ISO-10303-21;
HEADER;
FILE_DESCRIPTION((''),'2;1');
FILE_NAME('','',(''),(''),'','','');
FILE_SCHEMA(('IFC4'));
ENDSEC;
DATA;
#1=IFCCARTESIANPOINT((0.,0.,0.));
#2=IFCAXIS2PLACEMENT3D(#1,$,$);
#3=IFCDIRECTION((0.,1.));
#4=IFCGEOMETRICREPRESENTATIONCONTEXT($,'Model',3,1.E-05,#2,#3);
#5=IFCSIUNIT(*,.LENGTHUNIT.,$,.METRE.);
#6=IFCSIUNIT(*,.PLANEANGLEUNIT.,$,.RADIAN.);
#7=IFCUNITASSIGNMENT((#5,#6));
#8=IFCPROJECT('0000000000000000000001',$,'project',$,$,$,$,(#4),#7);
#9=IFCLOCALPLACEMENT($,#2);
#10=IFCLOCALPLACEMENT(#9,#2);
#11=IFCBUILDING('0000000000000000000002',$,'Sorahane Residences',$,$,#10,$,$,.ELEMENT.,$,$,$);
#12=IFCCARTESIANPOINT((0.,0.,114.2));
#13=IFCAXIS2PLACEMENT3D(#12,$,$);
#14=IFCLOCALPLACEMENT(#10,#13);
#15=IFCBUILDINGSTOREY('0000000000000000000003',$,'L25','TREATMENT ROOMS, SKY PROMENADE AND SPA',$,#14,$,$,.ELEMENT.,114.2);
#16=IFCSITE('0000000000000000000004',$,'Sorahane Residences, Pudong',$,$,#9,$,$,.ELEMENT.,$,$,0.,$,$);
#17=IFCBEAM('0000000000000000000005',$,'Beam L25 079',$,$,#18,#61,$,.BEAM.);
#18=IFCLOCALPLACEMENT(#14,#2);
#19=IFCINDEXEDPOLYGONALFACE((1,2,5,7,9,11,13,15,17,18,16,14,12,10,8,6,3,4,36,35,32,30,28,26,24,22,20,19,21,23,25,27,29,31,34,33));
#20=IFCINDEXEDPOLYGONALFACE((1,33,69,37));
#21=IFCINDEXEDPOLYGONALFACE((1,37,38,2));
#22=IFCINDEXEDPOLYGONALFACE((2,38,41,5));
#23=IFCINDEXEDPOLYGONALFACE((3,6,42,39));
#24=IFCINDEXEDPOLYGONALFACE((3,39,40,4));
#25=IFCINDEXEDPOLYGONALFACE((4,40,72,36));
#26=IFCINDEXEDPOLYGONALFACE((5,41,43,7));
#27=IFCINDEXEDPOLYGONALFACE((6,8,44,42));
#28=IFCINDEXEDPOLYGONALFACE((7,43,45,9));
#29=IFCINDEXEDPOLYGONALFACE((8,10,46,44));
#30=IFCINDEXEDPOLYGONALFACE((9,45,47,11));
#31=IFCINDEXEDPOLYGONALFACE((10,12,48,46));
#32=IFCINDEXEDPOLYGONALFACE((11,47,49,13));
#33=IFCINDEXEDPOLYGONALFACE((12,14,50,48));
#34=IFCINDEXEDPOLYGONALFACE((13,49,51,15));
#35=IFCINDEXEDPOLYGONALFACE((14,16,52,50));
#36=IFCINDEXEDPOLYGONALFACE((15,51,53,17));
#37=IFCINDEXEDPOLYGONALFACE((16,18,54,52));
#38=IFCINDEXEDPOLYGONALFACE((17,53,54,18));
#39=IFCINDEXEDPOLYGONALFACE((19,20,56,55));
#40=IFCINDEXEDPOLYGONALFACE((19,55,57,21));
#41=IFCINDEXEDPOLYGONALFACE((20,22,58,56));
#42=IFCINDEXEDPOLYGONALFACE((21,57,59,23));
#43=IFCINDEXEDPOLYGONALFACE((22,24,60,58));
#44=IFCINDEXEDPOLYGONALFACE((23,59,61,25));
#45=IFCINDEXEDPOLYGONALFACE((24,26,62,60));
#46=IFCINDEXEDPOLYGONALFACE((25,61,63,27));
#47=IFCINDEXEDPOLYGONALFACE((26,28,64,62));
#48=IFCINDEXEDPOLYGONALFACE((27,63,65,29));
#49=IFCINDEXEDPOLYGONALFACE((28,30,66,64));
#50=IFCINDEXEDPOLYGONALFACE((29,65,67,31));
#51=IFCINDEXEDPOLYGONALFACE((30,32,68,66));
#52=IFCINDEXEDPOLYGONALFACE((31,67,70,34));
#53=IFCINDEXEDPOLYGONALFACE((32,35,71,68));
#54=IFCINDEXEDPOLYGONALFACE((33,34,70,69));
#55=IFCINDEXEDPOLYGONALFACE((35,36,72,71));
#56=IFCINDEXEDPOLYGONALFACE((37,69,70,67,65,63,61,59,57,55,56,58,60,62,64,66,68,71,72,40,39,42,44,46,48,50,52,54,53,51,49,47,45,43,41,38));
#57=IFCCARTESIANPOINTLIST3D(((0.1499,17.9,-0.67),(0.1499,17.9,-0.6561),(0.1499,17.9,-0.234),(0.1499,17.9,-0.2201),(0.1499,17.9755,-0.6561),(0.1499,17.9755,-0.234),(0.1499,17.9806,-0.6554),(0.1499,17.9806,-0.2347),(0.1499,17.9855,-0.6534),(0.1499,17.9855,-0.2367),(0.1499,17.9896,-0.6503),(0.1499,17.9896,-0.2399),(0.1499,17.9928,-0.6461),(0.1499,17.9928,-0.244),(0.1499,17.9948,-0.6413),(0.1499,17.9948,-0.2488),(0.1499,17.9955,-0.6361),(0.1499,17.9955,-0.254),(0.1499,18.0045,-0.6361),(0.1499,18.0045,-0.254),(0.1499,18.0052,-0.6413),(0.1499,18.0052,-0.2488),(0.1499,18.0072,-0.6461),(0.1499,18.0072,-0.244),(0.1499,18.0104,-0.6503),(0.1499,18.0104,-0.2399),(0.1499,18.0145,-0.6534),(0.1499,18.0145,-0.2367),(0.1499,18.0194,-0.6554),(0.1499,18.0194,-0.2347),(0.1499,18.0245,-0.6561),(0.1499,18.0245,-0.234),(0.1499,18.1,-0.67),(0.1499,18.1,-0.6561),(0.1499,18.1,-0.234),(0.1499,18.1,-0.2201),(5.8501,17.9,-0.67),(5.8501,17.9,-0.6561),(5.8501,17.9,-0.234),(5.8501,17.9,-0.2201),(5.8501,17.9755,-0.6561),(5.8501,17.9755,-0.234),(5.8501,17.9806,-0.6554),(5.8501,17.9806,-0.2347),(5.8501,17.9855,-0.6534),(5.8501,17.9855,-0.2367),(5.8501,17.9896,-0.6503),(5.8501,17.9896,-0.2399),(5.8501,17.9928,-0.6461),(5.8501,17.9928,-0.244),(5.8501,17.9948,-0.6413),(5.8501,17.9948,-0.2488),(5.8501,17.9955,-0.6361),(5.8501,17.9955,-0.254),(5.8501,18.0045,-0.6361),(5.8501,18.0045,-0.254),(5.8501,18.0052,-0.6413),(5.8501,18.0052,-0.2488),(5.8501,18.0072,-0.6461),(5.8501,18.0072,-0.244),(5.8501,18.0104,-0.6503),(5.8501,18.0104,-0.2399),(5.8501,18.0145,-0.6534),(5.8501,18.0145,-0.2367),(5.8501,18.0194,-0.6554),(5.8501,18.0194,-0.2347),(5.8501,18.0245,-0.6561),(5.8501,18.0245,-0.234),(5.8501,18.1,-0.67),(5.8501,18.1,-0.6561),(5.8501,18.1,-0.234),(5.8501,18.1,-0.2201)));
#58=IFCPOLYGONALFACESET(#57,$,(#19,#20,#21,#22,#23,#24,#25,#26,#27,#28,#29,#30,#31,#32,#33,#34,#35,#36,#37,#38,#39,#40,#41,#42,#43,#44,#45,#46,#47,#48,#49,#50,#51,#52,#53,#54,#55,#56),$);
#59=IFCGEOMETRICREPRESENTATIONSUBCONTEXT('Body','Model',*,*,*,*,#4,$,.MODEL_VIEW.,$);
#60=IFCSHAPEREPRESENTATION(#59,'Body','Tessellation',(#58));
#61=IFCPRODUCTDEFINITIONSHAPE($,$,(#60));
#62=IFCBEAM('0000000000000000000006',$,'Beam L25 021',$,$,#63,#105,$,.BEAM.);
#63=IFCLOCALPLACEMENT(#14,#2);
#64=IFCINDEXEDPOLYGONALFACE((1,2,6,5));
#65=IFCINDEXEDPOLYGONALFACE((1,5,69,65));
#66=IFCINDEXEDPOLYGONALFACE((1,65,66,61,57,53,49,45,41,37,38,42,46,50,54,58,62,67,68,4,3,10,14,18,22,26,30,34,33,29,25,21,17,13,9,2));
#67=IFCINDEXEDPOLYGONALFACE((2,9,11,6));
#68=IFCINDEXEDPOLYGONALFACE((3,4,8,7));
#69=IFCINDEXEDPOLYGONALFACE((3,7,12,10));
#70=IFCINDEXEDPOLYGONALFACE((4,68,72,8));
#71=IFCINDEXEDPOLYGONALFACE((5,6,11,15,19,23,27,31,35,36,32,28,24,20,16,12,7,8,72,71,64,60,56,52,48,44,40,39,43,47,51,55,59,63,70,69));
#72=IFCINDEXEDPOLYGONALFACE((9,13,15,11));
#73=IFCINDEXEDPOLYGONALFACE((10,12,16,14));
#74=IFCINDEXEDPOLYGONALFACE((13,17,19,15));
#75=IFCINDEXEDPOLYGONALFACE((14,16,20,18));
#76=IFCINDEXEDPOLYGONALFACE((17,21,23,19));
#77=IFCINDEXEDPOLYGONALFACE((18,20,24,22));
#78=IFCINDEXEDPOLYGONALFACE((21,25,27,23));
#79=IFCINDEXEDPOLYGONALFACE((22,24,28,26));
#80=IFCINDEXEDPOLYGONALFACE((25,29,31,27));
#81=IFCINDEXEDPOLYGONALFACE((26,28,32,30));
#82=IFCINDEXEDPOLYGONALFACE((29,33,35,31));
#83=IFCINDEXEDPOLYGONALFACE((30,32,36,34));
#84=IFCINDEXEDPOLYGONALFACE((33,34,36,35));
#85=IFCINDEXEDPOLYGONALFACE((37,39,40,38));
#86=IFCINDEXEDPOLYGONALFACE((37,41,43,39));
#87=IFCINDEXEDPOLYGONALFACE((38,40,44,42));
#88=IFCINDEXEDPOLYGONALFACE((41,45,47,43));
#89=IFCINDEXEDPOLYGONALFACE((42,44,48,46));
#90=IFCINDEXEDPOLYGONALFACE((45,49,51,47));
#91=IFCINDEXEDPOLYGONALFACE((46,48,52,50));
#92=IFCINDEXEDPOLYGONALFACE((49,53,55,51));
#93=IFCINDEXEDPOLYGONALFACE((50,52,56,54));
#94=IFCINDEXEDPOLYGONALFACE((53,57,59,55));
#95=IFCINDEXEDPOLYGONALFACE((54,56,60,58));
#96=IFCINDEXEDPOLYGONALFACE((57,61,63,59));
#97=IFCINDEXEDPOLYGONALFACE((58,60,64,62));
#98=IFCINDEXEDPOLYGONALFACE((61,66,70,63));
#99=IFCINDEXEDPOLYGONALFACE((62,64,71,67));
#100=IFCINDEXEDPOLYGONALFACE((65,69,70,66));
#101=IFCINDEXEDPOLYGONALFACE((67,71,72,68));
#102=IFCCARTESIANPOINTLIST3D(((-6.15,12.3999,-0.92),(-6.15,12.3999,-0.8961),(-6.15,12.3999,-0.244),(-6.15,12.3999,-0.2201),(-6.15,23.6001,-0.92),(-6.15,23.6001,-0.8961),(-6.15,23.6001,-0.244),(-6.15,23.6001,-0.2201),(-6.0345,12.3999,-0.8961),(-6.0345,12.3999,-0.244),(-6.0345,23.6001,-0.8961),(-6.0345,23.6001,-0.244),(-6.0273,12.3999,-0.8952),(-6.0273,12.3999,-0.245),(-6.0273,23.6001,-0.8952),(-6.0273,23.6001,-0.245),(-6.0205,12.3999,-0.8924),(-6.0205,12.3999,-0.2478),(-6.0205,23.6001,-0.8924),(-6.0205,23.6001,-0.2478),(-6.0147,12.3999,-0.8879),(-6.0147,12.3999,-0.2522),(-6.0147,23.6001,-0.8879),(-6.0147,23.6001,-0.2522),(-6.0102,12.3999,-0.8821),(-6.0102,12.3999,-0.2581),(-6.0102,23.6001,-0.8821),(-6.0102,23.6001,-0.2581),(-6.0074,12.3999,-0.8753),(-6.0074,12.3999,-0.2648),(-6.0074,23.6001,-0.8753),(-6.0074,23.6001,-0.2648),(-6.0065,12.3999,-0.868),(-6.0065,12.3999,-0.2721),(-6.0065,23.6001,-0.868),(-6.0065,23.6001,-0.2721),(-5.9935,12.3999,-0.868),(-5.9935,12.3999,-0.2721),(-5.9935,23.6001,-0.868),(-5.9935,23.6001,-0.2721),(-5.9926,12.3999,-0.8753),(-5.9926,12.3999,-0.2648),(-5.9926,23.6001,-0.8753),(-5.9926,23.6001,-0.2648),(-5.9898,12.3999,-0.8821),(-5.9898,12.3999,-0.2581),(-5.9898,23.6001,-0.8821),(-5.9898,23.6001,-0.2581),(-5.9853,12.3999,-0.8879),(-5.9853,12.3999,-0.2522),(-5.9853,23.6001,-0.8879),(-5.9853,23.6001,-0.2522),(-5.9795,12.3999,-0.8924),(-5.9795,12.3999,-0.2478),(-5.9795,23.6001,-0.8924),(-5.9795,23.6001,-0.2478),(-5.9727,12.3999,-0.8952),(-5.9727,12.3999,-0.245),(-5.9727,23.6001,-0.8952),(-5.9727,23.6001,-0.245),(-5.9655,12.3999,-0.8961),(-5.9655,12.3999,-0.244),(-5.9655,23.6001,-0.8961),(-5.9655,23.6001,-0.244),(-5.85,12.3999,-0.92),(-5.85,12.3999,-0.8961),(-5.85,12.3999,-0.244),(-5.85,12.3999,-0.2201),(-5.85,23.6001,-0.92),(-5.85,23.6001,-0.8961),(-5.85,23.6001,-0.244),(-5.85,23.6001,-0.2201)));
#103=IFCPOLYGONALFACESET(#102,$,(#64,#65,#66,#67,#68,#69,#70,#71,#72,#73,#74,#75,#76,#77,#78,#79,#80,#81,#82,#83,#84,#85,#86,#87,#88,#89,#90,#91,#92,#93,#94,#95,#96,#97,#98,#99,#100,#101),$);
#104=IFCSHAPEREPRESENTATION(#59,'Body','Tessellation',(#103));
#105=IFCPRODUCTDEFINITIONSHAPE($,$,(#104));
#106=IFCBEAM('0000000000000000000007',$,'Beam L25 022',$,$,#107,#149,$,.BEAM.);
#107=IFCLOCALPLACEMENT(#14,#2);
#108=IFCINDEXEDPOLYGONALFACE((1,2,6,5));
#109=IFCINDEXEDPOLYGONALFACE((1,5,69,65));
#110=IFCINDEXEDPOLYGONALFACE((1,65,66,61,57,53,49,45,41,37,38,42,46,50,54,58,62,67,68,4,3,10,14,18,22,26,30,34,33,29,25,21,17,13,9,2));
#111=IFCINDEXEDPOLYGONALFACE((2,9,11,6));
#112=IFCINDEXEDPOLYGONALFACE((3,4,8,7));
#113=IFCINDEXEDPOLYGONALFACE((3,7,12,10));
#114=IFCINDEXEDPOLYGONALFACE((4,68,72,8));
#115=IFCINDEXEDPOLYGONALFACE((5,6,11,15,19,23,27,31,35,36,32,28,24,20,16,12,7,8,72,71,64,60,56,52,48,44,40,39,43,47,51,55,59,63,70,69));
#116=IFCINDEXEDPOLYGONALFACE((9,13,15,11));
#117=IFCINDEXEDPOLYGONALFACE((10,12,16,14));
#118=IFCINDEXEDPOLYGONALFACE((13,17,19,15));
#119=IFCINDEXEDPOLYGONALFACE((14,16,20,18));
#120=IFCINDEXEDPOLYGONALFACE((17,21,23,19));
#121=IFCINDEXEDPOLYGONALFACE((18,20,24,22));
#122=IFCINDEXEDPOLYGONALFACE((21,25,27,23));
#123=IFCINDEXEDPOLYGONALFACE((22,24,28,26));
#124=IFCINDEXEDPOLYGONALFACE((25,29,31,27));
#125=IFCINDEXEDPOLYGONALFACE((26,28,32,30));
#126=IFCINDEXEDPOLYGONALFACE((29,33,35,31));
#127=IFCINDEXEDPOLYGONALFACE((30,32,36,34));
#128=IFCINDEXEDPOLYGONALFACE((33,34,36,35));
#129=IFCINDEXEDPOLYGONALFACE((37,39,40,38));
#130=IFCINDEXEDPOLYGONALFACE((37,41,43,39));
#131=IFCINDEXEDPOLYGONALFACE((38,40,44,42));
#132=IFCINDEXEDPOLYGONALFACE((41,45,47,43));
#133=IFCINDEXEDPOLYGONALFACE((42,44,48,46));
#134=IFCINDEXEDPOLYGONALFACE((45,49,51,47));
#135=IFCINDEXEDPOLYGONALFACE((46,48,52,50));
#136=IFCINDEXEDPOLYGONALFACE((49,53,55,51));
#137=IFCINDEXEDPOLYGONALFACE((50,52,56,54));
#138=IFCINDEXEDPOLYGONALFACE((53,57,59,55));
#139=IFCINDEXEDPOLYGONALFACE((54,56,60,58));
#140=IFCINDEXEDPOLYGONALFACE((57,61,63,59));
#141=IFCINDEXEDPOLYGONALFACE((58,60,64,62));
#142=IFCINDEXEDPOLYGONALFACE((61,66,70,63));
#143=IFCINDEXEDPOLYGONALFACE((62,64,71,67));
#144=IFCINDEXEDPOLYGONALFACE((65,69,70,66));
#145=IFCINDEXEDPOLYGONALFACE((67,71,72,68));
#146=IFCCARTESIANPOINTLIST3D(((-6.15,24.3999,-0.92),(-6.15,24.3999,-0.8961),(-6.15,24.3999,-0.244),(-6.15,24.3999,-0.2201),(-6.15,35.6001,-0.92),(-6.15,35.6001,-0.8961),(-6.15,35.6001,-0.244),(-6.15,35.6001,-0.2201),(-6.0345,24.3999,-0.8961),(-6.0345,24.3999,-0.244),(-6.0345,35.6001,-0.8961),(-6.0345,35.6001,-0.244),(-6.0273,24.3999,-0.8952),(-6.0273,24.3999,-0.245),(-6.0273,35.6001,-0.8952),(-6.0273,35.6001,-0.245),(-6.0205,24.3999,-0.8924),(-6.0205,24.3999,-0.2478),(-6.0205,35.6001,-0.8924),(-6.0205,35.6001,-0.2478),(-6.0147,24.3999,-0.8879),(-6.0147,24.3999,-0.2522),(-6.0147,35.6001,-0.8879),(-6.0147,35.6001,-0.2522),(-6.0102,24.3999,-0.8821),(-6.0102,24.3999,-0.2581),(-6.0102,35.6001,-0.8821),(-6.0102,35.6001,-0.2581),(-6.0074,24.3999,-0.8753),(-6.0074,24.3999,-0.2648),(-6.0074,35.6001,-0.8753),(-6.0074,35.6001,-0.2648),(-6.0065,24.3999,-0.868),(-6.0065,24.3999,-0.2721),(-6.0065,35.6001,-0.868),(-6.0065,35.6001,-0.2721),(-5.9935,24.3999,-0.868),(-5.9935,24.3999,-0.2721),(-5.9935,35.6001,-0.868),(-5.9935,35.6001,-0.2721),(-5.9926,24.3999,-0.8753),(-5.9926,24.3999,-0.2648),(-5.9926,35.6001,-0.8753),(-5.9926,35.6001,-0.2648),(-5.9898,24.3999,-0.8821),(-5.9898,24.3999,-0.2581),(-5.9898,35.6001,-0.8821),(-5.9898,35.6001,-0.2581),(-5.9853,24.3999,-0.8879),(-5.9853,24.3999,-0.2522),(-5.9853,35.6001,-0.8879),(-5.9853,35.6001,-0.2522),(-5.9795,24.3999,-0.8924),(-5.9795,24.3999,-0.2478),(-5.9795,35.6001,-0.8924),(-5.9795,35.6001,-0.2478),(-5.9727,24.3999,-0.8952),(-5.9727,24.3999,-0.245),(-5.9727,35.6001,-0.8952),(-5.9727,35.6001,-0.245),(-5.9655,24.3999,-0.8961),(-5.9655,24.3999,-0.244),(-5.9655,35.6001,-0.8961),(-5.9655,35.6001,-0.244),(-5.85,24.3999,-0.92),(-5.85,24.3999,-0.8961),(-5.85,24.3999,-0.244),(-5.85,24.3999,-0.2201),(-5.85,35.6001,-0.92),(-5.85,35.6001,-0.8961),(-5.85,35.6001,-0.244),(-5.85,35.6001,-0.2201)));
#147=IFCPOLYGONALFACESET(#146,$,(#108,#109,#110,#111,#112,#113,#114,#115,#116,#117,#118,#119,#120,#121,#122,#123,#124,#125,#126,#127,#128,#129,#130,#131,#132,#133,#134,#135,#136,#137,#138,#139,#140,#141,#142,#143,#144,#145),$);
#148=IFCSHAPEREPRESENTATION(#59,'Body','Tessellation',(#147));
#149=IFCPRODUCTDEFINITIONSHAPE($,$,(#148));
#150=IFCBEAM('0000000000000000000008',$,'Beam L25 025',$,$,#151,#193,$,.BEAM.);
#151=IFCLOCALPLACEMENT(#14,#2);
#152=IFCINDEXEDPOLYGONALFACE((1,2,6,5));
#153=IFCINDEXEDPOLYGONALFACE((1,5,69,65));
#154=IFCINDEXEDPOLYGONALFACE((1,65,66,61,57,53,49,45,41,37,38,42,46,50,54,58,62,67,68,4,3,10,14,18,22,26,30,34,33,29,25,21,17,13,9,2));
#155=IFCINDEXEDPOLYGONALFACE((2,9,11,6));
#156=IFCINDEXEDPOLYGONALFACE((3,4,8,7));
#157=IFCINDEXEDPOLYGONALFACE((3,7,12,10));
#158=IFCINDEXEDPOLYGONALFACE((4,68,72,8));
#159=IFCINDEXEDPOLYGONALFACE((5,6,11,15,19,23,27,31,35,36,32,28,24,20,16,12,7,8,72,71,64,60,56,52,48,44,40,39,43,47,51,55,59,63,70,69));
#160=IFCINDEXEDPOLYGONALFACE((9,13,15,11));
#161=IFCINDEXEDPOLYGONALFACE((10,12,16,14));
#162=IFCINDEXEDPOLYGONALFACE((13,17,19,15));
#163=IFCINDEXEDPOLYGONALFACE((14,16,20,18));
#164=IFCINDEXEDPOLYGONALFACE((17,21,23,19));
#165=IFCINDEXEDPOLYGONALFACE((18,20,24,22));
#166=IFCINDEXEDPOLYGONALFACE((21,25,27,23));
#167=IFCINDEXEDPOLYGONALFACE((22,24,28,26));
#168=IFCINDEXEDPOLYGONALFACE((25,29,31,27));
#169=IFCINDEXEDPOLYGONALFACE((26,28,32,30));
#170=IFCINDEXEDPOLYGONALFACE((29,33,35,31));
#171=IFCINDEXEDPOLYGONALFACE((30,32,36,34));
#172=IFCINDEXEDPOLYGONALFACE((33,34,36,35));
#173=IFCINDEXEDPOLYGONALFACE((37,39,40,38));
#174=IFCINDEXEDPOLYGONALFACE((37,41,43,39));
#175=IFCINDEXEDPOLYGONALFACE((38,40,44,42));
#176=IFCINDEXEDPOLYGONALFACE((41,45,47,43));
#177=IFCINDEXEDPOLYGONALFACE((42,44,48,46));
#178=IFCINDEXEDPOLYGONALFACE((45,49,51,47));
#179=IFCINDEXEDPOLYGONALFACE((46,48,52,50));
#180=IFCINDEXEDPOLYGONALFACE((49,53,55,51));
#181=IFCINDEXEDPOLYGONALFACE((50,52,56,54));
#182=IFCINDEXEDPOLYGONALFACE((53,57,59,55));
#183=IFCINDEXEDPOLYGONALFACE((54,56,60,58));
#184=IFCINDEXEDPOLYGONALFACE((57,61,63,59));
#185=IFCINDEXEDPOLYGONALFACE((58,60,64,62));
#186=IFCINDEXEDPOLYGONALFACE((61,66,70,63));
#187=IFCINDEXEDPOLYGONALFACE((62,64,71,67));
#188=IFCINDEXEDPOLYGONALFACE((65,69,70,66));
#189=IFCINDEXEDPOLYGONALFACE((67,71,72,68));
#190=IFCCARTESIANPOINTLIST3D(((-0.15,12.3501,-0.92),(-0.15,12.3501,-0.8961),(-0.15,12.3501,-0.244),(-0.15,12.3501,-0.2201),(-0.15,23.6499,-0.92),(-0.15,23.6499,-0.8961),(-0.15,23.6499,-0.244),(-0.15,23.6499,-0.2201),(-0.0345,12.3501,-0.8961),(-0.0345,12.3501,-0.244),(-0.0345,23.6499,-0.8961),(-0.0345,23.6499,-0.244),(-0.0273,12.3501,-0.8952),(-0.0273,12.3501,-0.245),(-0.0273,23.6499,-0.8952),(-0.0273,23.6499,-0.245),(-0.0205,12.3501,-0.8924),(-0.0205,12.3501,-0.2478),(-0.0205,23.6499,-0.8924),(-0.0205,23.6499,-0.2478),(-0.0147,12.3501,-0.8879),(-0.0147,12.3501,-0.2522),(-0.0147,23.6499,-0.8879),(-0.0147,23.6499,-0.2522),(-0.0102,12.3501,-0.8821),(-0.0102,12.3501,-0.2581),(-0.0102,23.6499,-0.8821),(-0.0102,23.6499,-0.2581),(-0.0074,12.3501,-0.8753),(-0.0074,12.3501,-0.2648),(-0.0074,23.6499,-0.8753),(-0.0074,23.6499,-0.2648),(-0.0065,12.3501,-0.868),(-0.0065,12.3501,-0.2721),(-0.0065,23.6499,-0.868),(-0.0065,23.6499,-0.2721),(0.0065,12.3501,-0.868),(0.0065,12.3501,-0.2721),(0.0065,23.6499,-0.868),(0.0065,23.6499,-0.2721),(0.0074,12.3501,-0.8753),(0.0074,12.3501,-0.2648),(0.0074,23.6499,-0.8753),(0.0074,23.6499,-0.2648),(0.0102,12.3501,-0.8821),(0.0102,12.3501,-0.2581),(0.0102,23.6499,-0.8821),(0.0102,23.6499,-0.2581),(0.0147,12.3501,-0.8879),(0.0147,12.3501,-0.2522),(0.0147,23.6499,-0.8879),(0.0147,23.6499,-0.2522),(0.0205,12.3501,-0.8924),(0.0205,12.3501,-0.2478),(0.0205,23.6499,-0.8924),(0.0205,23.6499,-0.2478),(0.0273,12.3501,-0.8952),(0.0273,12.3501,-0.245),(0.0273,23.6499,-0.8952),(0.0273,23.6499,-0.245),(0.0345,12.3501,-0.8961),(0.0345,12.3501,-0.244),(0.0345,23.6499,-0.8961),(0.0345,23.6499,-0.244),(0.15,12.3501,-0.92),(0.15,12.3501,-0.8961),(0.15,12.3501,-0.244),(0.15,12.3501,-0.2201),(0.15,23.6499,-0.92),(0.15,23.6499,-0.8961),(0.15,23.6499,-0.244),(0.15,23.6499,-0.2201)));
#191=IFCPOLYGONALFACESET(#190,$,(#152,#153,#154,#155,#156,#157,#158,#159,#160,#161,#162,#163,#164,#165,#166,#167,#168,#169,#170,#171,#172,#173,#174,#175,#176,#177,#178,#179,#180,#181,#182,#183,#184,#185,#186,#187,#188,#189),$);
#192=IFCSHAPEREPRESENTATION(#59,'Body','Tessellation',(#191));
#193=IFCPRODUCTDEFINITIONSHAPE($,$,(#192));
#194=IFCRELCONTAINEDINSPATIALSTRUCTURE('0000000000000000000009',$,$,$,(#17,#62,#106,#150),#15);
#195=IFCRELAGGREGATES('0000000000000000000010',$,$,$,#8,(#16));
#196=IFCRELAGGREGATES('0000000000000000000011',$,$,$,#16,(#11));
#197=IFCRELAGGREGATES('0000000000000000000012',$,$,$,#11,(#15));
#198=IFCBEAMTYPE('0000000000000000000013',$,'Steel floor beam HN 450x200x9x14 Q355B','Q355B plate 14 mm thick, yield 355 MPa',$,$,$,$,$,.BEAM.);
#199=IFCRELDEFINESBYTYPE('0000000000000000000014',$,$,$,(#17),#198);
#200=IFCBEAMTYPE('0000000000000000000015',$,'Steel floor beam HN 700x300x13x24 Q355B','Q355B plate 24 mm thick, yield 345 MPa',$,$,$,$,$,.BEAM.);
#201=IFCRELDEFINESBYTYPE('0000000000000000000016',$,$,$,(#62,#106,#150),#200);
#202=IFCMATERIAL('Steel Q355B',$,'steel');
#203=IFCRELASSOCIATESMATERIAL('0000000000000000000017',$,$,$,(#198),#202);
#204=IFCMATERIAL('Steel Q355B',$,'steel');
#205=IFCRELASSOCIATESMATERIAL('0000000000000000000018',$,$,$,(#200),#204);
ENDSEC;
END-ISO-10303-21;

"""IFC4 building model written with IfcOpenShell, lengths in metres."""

from ifc_helpers import new_model, si_unit, direction, frame, origin, origin_2d, place, context, subcontext, project, spatial, i_section, extrude, material, material_profile, profile_set, type_object, element, save


model = new_model("IFC4")

# Units and contexts
model_context = context("Model", 3, precision=1e-05, world=origin(), true_north=direction((0.0, 1.0)))
body_context = subcontext(model_context, "Body", "Model", "MODEL_VIEW")
ifc_project = project(units=[si_unit("LENGTHUNIT", "METRE"), si_unit("PLANEANGLEUNIT", "RADIAN")], contexts=[model_context])

# Site, building, storey
site_placement = place(None, origin())
site = spatial("IfcSite", under=ifc_project, at=site_placement, Name="Sorahane Residences, Pudong", CompositionType="ELEMENT", RefElevation=0.0)
building_placement = place(site_placement, origin())
building = spatial("IfcBuilding", under=site, at=building_placement, Name="Sorahane Residences", CompositionType="ELEMENT")
storey_placement = place(building_placement, frame((0.0, 0.0, 114.2)))
storey = spatial("IfcBuildingStorey", under=building, at=storey_placement, Name="L25", Description="TREATMENT ROOMS, SKY PROMENADE AND SPA", CompositionType="ELEMENT", Elevation=114.2)

# Beams
ifc_material_1 = material(Name="Steel Q355B", Category="steel")
ifc_material_profile_1 = material_profile(ifc_material_1, i_section(OverallWidth=0.2, OverallDepth=0.45, WebThickness=0.009, FlangeThickness=0.0139, FilletRadius=0.02, at=origin_2d()), Name="HN 450x200x9x14")
ifc_profile_set_1 = profile_set([ifc_material_profile_1], Name="Steel Q355B")
beam_type_1 = type_object("IfcBeamType", Name="Steel floor beam HN 450x200x9x14 Q355B", Description="Q355B plate 14 mm thick, yield 355 MPa", PredefinedType="BEAM", material=ifc_profile_set_1)
for number, where, z_axis, x_axis, name in (
    (1, (0.1499, 18.0, -0.4451), (1.0, 0.0, 0.0), (0.0, 1.0, 0.0), "Beam L25 079"),
):
    element("IfcBeam", number, at=place(storey_placement, frame(where, z_axis=z_axis, x_axis=x_axis)), inside=storey, type_object=beam_type_1, Name=name, PredefinedType="BEAM", context=body_context, shape_type="SweptSolid", body=[
        extrude(i_section(OverallWidth=0.2, OverallDepth=0.45, WebThickness=0.009, FlangeThickness=0.0139, FilletRadius=0.02, at=origin_2d()), origin(), (0.0, 0.0, 1.0), 5.7002),
    ])
ifc_material_2 = material(Name="Steel Q355B", Category="steel")
ifc_material_profile_2 = material_profile(ifc_material_2, i_section(OverallWidth=0.3, OverallDepth=0.7, WebThickness=0.0129, FlangeThickness=0.0239, FilletRadius=0.0281, at=origin_2d()), Name="HN 700x300x13x24")
ifc_profile_set_2 = profile_set([ifc_material_profile_2], Name="Steel Q355B")
beam_type_2 = type_object("IfcBeamType", Name="Steel floor beam HN 700x300x13x24 Q355B", Description="Q355B plate 24 mm thick, yield 345 MPa", PredefinedType="BEAM", material=ifc_profile_set_2)
for number, where, z_axis, x_axis, name in (
    (2, (-6.0, 12.3999, -0.5701), (0.0, 1.0, 0.0), (-1.0, 0.0, 0.0), "Beam L25 021"),
    (3, (-6.0, 24.3999, -0.5701), (0.0, 1.0, 0.0), (-1.0, 0.0, 0.0), "Beam L25 022"),
):
    element("IfcBeam", number, at=place(storey_placement, frame(where, z_axis=z_axis, x_axis=x_axis)), inside=storey, type_object=beam_type_2, Name=name, PredefinedType="BEAM", context=body_context, shape_type="SweptSolid", body=[
        extrude(i_section(OverallWidth=0.3, OverallDepth=0.7, WebThickness=0.0129, FlangeThickness=0.0239, FilletRadius=0.0281, at=origin_2d()), origin(), (0.0, 0.0, 1.0), 11.2002),
    ])
for number, where, z_axis, x_axis, name in (
    (4, (0.0, 12.3501, -0.5701), (0.0, 1.0, 0.0), (-1.0, 0.0, 0.0), "Beam L25 025"),
):
    element("IfcBeam", number, at=place(storey_placement, frame(where, z_axis=z_axis, x_axis=x_axis)), inside=storey, type_object=beam_type_2, Name=name, PredefinedType="BEAM", context=body_context, shape_type="SweptSolid", body=[
        extrude(i_section(OverallWidth=0.3, OverallDepth=0.7, WebThickness=0.0129, FlangeThickness=0.0239, FilletRadius=0.0281, at=origin_2d()), origin(), (0.0, 0.0, 1.0), 11.2998),
    ])

save(model, "model.ifc")
